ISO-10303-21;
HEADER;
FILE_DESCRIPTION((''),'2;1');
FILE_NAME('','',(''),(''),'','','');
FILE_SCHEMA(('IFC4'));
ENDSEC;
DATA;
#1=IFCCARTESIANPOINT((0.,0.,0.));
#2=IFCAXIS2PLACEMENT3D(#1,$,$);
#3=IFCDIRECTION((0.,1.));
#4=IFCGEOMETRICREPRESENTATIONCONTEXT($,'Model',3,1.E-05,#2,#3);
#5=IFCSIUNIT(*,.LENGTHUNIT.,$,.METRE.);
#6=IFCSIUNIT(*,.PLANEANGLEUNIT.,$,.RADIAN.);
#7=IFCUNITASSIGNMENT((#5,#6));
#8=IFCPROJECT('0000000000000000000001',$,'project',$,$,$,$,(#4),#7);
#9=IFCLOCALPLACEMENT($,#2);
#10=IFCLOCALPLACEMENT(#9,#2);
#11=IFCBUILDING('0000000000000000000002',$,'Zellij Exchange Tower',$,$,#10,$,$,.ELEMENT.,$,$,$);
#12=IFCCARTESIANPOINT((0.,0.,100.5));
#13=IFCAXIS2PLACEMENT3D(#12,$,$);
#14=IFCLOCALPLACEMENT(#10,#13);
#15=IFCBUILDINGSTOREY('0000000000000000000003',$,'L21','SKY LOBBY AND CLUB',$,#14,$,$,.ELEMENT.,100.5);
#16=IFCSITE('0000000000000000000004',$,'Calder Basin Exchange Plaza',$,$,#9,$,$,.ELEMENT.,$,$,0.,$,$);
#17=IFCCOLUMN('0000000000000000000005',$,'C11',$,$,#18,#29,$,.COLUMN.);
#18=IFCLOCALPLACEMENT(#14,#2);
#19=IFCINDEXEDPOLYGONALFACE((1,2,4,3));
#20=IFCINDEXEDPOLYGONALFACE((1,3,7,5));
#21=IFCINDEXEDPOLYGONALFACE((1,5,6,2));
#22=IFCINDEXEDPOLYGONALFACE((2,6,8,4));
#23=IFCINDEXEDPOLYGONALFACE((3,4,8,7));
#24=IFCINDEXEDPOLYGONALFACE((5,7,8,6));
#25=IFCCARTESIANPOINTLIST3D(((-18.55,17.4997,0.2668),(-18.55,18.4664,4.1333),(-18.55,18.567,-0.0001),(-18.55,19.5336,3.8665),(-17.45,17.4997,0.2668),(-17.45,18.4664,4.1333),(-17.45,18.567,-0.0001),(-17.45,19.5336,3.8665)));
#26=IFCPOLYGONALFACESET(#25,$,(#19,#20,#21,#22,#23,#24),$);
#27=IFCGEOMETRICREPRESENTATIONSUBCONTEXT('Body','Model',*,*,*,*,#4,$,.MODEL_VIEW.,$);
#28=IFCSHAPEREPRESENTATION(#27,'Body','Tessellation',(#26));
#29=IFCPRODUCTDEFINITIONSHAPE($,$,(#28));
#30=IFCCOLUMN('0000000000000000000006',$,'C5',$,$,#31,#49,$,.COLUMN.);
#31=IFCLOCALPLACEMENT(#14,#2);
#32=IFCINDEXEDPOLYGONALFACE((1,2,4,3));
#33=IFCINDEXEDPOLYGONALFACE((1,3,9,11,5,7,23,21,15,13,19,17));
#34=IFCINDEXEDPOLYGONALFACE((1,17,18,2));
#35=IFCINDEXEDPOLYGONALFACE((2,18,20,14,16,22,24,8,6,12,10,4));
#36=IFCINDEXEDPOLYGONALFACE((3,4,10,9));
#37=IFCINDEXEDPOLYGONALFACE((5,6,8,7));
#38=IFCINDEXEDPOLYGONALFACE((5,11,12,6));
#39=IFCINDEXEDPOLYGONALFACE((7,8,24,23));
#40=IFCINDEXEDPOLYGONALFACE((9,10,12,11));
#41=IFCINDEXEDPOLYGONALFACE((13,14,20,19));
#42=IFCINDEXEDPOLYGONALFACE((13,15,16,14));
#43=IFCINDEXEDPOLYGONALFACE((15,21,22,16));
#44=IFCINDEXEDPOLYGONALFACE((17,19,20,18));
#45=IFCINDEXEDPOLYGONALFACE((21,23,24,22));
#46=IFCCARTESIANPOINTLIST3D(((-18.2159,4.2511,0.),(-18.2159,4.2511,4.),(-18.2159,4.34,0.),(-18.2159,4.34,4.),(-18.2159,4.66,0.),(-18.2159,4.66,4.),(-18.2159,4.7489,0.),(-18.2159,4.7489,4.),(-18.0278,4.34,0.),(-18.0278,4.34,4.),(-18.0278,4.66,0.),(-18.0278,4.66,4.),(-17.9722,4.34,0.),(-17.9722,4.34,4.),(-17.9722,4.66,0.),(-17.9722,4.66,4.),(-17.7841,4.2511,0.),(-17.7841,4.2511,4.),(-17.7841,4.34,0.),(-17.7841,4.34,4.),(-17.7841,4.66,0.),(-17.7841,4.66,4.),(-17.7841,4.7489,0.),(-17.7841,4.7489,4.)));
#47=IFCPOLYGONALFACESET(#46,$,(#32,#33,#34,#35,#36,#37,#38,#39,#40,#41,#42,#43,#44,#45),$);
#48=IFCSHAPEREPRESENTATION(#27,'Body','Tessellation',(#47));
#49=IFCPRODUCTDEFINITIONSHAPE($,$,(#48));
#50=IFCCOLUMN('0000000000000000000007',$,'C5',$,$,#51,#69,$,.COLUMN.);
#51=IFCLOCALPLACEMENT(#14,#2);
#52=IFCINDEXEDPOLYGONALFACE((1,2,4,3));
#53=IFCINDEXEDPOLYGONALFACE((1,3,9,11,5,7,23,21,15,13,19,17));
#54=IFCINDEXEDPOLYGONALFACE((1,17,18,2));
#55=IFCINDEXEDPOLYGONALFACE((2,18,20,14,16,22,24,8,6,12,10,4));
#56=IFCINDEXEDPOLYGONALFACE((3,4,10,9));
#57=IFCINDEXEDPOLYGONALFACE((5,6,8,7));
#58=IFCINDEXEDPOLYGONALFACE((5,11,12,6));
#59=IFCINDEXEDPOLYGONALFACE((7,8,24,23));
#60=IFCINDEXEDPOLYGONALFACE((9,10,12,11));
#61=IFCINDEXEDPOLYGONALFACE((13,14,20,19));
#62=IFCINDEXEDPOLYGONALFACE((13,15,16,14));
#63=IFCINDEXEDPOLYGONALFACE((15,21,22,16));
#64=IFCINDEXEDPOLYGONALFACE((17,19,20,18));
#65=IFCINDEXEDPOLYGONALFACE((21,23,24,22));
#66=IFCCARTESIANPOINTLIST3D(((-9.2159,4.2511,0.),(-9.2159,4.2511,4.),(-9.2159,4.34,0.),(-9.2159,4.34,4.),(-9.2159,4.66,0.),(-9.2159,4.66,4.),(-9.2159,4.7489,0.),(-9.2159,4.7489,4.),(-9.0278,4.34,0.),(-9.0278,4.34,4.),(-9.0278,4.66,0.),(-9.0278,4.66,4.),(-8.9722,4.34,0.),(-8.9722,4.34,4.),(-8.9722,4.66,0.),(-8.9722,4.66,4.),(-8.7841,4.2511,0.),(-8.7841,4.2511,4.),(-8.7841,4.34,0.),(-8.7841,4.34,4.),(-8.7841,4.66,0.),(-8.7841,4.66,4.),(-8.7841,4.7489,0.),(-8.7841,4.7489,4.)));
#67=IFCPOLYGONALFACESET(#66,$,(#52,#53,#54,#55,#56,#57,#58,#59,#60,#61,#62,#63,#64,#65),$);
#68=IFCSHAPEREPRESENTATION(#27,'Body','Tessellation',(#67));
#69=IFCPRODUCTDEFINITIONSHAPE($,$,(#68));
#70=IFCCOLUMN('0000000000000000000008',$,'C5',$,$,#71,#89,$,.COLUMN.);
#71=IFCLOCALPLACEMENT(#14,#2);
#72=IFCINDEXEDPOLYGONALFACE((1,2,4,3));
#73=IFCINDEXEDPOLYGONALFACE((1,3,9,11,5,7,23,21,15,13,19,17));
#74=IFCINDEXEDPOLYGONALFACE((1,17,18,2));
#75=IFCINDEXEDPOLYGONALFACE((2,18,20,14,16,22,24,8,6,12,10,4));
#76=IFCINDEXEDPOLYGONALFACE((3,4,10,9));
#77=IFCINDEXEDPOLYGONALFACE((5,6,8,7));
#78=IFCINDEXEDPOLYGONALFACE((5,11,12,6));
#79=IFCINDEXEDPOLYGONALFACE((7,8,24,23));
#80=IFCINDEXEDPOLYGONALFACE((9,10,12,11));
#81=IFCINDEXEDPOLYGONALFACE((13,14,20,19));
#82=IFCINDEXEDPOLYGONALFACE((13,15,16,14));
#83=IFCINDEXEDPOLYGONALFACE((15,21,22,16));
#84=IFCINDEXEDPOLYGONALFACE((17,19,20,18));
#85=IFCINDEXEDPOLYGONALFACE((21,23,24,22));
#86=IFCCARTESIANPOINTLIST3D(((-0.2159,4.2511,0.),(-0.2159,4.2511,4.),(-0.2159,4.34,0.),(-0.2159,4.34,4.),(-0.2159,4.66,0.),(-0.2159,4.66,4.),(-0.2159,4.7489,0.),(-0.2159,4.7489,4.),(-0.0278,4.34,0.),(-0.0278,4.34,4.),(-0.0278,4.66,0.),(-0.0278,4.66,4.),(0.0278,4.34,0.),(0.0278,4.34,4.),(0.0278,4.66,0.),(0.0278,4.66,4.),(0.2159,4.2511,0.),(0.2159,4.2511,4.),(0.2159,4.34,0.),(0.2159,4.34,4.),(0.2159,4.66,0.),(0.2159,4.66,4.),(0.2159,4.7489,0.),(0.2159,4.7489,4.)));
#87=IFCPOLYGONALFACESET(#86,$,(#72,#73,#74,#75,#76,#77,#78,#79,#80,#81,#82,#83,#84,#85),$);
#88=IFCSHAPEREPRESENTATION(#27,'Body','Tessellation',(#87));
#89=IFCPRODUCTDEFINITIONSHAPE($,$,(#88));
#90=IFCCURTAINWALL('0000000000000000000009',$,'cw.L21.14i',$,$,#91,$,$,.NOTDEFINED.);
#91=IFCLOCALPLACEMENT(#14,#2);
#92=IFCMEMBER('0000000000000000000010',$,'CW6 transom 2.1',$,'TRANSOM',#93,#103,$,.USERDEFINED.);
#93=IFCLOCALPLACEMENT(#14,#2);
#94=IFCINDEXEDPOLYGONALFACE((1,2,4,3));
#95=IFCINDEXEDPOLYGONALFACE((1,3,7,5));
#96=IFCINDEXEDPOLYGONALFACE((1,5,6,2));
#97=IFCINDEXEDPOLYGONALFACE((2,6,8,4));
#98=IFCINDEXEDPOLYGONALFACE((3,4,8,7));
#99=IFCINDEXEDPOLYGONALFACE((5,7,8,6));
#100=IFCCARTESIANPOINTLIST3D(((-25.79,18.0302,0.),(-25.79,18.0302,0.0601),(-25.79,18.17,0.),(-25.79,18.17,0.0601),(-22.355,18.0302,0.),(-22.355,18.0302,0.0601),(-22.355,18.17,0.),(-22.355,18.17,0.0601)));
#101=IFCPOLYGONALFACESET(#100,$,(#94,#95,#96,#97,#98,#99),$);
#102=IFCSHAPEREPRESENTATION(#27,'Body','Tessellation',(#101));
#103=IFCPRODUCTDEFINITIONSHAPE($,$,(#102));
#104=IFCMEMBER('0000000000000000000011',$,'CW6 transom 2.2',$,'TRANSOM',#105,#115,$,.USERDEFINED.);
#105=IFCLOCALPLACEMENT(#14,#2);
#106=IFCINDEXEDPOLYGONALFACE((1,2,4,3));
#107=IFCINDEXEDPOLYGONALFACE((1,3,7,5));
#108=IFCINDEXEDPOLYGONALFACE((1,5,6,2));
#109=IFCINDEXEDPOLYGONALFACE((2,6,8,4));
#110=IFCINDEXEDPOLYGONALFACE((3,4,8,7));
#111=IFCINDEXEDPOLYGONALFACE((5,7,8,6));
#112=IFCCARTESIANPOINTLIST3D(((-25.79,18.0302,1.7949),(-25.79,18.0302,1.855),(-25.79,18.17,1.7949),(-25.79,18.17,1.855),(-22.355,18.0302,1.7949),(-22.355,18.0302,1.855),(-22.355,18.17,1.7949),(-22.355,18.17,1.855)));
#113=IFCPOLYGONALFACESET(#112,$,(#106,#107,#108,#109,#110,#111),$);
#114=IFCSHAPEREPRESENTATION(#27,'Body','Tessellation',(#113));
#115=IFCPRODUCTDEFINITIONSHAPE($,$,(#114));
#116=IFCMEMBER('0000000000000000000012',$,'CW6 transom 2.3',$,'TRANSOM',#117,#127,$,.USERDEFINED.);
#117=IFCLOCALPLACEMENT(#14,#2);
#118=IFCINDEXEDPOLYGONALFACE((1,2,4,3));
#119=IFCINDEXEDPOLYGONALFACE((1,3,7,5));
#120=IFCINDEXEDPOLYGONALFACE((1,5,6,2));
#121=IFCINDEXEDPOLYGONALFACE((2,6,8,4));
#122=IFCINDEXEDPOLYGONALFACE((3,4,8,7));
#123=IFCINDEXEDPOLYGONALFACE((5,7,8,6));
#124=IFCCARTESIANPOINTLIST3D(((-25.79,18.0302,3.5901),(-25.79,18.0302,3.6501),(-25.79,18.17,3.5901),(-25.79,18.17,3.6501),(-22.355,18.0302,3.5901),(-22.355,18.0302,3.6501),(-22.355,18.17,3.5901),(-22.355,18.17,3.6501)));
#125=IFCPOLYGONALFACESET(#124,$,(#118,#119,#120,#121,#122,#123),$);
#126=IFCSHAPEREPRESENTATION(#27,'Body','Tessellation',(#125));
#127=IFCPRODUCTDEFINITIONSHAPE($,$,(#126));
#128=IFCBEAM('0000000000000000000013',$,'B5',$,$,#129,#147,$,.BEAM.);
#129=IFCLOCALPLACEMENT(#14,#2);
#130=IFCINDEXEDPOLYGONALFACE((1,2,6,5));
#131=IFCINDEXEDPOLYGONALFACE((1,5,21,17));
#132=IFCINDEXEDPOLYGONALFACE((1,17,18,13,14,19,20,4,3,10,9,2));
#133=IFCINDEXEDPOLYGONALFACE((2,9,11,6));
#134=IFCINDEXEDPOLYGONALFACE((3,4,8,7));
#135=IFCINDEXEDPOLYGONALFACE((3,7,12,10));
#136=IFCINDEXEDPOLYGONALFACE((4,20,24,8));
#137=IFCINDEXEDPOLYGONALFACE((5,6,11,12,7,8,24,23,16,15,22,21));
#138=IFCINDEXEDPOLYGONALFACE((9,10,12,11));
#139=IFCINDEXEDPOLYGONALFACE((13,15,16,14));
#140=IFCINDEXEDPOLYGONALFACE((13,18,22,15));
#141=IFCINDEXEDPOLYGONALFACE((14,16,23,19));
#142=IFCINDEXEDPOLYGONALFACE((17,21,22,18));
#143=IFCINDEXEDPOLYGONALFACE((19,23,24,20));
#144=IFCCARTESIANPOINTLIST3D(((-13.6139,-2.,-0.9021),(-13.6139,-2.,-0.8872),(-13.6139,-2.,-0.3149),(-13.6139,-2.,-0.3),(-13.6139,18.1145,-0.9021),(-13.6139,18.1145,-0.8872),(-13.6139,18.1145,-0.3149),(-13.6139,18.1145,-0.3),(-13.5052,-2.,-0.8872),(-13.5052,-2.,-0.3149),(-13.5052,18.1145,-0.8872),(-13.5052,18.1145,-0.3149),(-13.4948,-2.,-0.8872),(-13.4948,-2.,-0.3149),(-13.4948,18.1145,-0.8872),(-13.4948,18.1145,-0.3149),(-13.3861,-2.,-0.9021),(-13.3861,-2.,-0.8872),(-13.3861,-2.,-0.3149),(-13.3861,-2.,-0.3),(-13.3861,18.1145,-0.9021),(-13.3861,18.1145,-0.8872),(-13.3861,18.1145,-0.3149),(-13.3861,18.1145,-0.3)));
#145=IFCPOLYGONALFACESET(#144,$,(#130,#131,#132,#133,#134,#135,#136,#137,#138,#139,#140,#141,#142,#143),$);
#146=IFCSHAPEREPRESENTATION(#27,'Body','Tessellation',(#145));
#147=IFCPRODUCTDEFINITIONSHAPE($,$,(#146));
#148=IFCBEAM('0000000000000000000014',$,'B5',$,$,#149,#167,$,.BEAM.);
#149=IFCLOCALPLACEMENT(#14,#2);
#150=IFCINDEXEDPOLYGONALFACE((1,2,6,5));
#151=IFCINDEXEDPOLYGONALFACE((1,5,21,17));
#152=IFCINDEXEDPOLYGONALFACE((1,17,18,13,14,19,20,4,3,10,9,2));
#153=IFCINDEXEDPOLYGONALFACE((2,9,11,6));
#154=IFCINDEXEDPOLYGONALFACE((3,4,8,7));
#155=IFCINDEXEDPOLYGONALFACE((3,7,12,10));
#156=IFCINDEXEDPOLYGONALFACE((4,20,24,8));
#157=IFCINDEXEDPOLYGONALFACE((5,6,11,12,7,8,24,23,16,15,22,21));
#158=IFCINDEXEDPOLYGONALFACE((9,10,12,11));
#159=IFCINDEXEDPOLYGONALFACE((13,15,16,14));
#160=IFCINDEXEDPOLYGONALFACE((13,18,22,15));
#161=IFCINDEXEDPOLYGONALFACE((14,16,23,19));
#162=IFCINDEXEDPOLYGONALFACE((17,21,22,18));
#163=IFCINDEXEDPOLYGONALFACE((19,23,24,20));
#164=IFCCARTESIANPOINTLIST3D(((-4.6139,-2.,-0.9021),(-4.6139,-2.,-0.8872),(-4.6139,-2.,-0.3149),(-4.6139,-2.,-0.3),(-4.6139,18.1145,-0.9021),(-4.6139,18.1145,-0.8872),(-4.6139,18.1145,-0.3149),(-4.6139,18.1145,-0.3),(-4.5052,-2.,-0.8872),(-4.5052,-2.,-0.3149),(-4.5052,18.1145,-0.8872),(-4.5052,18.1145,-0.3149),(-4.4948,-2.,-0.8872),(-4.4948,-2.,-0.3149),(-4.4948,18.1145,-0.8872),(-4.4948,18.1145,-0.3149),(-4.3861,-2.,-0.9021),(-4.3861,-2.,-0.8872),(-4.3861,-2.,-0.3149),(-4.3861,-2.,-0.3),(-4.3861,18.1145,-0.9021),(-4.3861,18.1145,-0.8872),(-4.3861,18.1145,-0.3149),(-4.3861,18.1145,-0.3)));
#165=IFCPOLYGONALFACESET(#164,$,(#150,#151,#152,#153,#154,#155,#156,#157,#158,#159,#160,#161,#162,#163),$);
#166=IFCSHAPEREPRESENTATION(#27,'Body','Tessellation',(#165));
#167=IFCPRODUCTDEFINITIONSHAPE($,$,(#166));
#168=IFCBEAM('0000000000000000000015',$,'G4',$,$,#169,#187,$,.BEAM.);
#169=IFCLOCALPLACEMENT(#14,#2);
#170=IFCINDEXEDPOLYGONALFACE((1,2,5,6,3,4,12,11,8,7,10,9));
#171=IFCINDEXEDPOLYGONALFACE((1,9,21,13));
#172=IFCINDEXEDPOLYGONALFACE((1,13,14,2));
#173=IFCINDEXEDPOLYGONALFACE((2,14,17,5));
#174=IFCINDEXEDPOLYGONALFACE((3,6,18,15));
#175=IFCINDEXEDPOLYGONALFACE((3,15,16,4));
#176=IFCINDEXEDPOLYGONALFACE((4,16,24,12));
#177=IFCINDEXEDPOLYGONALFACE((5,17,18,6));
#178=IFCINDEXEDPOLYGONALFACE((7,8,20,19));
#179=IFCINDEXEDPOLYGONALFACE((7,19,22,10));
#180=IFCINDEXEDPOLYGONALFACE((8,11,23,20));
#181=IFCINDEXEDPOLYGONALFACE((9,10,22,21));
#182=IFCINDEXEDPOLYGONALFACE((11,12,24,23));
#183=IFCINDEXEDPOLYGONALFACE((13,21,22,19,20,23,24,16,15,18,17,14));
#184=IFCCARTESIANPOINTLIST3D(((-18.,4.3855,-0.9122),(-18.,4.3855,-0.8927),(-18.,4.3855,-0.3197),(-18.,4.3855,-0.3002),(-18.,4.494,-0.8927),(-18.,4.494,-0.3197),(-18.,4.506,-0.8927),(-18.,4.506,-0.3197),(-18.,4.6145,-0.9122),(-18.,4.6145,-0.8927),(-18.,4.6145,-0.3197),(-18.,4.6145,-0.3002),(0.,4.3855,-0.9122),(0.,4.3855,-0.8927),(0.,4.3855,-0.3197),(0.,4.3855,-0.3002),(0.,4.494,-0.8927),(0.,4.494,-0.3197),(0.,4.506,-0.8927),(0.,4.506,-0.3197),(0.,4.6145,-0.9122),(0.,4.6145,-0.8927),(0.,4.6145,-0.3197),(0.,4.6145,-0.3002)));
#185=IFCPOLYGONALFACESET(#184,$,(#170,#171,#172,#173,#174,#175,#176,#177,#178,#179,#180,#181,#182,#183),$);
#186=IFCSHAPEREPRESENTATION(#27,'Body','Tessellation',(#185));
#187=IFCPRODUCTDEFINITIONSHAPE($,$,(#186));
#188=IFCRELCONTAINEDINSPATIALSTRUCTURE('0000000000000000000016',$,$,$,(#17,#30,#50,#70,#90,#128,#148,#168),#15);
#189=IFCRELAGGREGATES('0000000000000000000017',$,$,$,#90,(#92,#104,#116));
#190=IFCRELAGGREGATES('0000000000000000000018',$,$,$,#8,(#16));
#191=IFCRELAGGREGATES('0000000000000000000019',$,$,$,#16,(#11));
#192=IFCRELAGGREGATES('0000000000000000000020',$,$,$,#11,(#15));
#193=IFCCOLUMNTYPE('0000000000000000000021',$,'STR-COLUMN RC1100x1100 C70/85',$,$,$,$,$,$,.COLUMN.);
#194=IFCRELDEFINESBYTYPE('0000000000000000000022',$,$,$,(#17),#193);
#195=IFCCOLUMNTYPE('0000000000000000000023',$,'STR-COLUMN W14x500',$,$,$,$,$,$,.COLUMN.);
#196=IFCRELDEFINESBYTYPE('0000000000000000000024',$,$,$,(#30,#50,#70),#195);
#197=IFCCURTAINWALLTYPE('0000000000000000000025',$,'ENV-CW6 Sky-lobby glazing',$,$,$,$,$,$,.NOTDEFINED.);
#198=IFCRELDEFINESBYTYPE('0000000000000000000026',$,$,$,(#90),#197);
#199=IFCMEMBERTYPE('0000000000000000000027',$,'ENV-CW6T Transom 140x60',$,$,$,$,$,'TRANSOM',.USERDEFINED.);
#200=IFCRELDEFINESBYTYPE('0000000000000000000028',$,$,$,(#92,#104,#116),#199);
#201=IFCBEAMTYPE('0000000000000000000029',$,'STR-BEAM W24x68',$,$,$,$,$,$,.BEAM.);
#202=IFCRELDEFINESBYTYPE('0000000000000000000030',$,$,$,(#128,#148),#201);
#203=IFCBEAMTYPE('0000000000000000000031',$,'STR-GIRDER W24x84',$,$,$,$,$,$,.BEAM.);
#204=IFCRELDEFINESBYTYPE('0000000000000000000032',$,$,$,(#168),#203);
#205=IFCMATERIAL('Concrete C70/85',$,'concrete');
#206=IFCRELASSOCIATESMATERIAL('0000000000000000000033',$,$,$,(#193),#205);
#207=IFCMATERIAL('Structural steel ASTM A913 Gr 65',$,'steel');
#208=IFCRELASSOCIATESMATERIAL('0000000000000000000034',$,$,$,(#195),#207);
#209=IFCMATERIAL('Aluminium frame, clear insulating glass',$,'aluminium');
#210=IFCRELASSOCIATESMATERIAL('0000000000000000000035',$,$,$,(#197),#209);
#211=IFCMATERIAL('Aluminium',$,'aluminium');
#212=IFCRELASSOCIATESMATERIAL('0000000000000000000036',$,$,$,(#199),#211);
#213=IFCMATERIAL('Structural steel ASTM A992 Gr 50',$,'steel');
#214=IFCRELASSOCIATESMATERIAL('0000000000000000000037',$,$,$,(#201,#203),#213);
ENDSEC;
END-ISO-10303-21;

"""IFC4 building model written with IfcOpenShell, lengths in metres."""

from ifc_helpers import new_model, si_unit, direction, frame, origin, origin_2d, place, context, subcontext, project, spatial, rectangle, i_section, extrude, clip, halfspace, material, material_profile, profile_set, type_object, element, aggregate, save


model = new_model("IFC4")

# Units and contexts
model_context = context("Model", 3, precision=1e-05, world=origin(), true_north=direction((0.0, 1.0)))
body_context = subcontext(model_context, "Body", "Model", "MODEL_VIEW")
ifc_project = project(units=[si_unit("LENGTHUNIT", "METRE"), si_unit("PLANEANGLEUNIT", "RADIAN")], contexts=[model_context])

# Site, building, storey
site_placement = place(None, origin())
site = spatial("IfcSite", under=ifc_project, at=site_placement, Name="Calder Basin Exchange Plaza", CompositionType="ELEMENT", RefElevation=0.0)
building_placement = place(site_placement, origin())
building = spatial("IfcBuilding", under=site, at=building_placement, Name="Zellij Exchange Tower", CompositionType="ELEMENT")
storey_placement = place(building_placement, frame((0.0, 0.0, 100.5)))
storey = spatial("IfcBuildingStorey", under=building, at=storey_placement, Name="L21", Description="SKY LOBBY AND CLUB", CompositionType="ELEMENT", Elevation=100.5)

# Columns
ifc_material_1 = material(Name="Concrete C70/85", Category="concrete")
ifc_material_profile_1 = material_profile(ifc_material_1, rectangle(XDim=1.1001, YDim=1.1001, at=origin_2d()), Name="STR-COLUMN RC1100x1100 C70/85")
ifc_profile_set_1 = profile_set([ifc_material_profile_1], Name="Concrete C70/85")
column_type_1 = type_object("IfcColumnType", Name="STR-COLUMN RC1100x1100 C70/85", PredefinedType="COLUMN", material=ifc_profile_set_1)
for number, where, z_axis, x_axis, name in (
    (1, (-18.0, 18.0, 0.0), (0.0, 0.242536, 0.970143), (-1.0, 0.0, 0.0), "C11"),
):
    element("IfcColumn", number, at=place(storey_placement, frame(where, z_axis=z_axis, x_axis=x_axis)), inside=storey, type_object=column_type_1, Name=name, PredefinedType="COLUMN", context=body_context, shape_type="Clipping", body=[
        clip(extrude(rectangle(XDim=1.1001, YDim=1.1001, at=origin_2d()), origin(), (0.0, 0.0, 1.0), 4.123), halfspace(frame((0.0, 0.0, 0.1375)), True)),
    ])
ifc_material_2 = material(Name="Structural steel ASTM A913 Gr 65", Category="steel")
ifc_material_profile_2 = material_profile(ifc_material_2, i_section(OverallWidth=0.4319, OverallDepth=0.4978, WebThickness=0.0557, FlangeThickness=0.0889, at=origin_2d()), Name="W14x500")
ifc_profile_set_2 = profile_set([ifc_material_profile_2], Name="Structural steel ASTM A913 Gr 65")
column_type_2 = type_object("IfcColumnType", Name="STR-COLUMN W14x500", PredefinedType="COLUMN", material=ifc_profile_set_2)
for number, where, z_axis, x_axis, name in (
    (2, (-18.0, 4.5, 0.0), (0.0, 0.0, 1.0), (1.0, 0.0, 0.0), "C5"),
    (3, (-9.0, 4.5, 0.0), (0.0, 0.0, 1.0), (1.0, 0.0, 0.0), "C5"),
    (4, (0.0, 4.5, 0.0), (0.0, 0.0, 1.0), (1.0, 0.0, 0.0), "C5"),
):
    element("IfcColumn", number, at=place(storey_placement, frame(where, z_axis=z_axis, x_axis=x_axis)), inside=storey, type_object=column_type_2, Name=name, PredefinedType="COLUMN", context=body_context, shape_type="SweptSolid", body=[
        extrude(i_section(OverallWidth=0.4319, OverallDepth=0.4978, WebThickness=0.0557, FlangeThickness=0.0889, at=origin_2d()), origin(), (0.0, 0.0, 1.0), 4.0),
    ])

# Curtain wall, members
ifc_material_3 = material(Name="Aluminium frame, clear insulating glass", Category="aluminium")
curtain_wall_type = type_object("IfcCurtainWallType", Name="ENV-CW6 Sky-lobby glazing", PredefinedType="NOTDEFINED", material=ifc_material_3)
curtain_wall_placement = place(storey_placement, origin())
curtain_wall = element("IfcCurtainWall", 5, at=curtain_wall_placement, inside=storey, type_object=curtain_wall_type, Name="cw.L21.14i", PredefinedType="NOTDEFINED")
ifc_material_4 = material(Name="Aluminium", Category="aluminium")
ifc_material_profile_3 = material_profile(ifc_material_4, rectangle(XDim=0.1399, YDim=0.0601, at=origin_2d()), Name="AL 140x60")
ifc_profile_set_3 = profile_set([ifc_material_profile_3], Name="Aluminium")
member_type = type_object("IfcMemberType", Name="ENV-CW6T Transom 140x60", ElementType="TRANSOM", PredefinedType="USERDEFINED", material=ifc_profile_set_3)
member_1_placement = place(storey_placement, frame((-22.355, 18.1001, 0.03), z_axis=(-1.0, 0.0, 0.0), x_axis=(0.0, -1.0, 0.0)))
member_1 = element("IfcMember", 6, at=member_1_placement, type_object=member_type, Name="CW6 transom 2.1", ObjectType="TRANSOM", PredefinedType="USERDEFINED", context=body_context, shape_type="SweptSolid", body=[
    extrude(rectangle(XDim=0.1399, YDim=0.0601, at=origin_2d()), origin(), (0.0, 0.0, 1.0), 3.4351),
])
member_2_placement = place(storey_placement, frame((-22.355, 18.1001, 1.825), z_axis=(-1.0, 0.0, 0.0), x_axis=(0.0, -1.0, 0.0)))
member_2 = element("IfcMember", 7, at=member_2_placement, type_object=member_type, Name="CW6 transom 2.2", ObjectType="TRANSOM", PredefinedType="USERDEFINED", context=body_context, shape_type="SweptSolid", body=[
    extrude(rectangle(XDim=0.1399, YDim=0.0601, at=origin_2d()), origin(), (0.0, 0.0, 1.0), 3.4351),
])
member_3_placement = place(storey_placement, frame((-22.355, 18.1001, 3.6201), z_axis=(-1.0, 0.0, 0.0), x_axis=(0.0, -1.0, 0.0)))
member_3 = element("IfcMember", 8, at=member_3_placement, type_object=member_type, Name="CW6 transom 2.3", ObjectType="TRANSOM", PredefinedType="USERDEFINED", context=body_context, shape_type="SweptSolid", body=[
    extrude(rectangle(XDim=0.1399, YDim=0.0601, at=origin_2d()), origin(), (0.0, 0.0, 1.0), 3.4351),
])
aggregate(curtain_wall, [member_1, member_2, member_3])

# Beams
ifc_material_5 = material(Name="Structural steel ASTM A992 Gr 50", Category="steel")
ifc_material_profile_4 = material_profile(ifc_material_5, i_section(OverallWidth=0.2278, OverallDepth=0.6021, WebThickness=0.0105, FlangeThickness=0.0149, at=origin_2d()), Name="W24x68")
ifc_profile_set_4 = profile_set([ifc_material_profile_4], Name="Structural steel ASTM A992 Gr 50")
beam_type_1 = type_object("IfcBeamType", Name="STR-BEAM W24x68", PredefinedType="BEAM", material=ifc_profile_set_4)
for number, where, z_axis, x_axis, name in (
    (9, (-13.5, -2.0, -0.6011), (0.0, 1.0, 0.0), (-1.0, 0.0, 0.0), "B5"),
    (10, (-4.5, -2.0, -0.6011), (0.0, 1.0, 0.0), (-1.0, 0.0, 0.0), "B5"),
):
    element("IfcBeam", number, at=place(storey_placement, frame(where, z_axis=z_axis, x_axis=x_axis)), inside=storey, type_object=beam_type_1, Name=name, PredefinedType="BEAM", context=body_context, shape_type="SweptSolid", body=[
        extrude(i_section(OverallWidth=0.2278, OverallDepth=0.6021, WebThickness=0.0105, FlangeThickness=0.0149, at=origin_2d()), origin(), (0.0, 0.0, 1.0), 20.1145),
    ])
ifc_material_profile_5 = material_profile(ifc_material_5, i_section(OverallWidth=0.229, OverallDepth=0.6121, WebThickness=0.012, FlangeThickness=0.0195, at=origin_2d()), Name="W24x84")
ifc_profile_set_5 = profile_set([ifc_material_profile_5], Name="Structural steel ASTM A992 Gr 50")
beam_type_2 = type_object("IfcBeamType", Name="STR-GIRDER W24x84", PredefinedType="BEAM", material=ifc_profile_set_5)
for number, where, z_axis, x_axis, name in (
    (11, (-18.0, 4.5, -0.6062), (1.0, 0.0, 0.0), (0.0, 1.0, 0.0), "G4"),
):
    element("IfcBeam", number, at=place(storey_placement, frame(where, z_axis=z_axis, x_axis=x_axis)), inside=storey, type_object=beam_type_2, Name=name, PredefinedType="BEAM", context=body_context, shape_type="SweptSolid", body=[
        extrude(i_section(OverallWidth=0.229, OverallDepth=0.6121, WebThickness=0.012, FlangeThickness=0.0195, at=origin_2d()), origin(), (0.0, 0.0, 1.0), 18.0),
    ])

save(model, "model.ifc")
